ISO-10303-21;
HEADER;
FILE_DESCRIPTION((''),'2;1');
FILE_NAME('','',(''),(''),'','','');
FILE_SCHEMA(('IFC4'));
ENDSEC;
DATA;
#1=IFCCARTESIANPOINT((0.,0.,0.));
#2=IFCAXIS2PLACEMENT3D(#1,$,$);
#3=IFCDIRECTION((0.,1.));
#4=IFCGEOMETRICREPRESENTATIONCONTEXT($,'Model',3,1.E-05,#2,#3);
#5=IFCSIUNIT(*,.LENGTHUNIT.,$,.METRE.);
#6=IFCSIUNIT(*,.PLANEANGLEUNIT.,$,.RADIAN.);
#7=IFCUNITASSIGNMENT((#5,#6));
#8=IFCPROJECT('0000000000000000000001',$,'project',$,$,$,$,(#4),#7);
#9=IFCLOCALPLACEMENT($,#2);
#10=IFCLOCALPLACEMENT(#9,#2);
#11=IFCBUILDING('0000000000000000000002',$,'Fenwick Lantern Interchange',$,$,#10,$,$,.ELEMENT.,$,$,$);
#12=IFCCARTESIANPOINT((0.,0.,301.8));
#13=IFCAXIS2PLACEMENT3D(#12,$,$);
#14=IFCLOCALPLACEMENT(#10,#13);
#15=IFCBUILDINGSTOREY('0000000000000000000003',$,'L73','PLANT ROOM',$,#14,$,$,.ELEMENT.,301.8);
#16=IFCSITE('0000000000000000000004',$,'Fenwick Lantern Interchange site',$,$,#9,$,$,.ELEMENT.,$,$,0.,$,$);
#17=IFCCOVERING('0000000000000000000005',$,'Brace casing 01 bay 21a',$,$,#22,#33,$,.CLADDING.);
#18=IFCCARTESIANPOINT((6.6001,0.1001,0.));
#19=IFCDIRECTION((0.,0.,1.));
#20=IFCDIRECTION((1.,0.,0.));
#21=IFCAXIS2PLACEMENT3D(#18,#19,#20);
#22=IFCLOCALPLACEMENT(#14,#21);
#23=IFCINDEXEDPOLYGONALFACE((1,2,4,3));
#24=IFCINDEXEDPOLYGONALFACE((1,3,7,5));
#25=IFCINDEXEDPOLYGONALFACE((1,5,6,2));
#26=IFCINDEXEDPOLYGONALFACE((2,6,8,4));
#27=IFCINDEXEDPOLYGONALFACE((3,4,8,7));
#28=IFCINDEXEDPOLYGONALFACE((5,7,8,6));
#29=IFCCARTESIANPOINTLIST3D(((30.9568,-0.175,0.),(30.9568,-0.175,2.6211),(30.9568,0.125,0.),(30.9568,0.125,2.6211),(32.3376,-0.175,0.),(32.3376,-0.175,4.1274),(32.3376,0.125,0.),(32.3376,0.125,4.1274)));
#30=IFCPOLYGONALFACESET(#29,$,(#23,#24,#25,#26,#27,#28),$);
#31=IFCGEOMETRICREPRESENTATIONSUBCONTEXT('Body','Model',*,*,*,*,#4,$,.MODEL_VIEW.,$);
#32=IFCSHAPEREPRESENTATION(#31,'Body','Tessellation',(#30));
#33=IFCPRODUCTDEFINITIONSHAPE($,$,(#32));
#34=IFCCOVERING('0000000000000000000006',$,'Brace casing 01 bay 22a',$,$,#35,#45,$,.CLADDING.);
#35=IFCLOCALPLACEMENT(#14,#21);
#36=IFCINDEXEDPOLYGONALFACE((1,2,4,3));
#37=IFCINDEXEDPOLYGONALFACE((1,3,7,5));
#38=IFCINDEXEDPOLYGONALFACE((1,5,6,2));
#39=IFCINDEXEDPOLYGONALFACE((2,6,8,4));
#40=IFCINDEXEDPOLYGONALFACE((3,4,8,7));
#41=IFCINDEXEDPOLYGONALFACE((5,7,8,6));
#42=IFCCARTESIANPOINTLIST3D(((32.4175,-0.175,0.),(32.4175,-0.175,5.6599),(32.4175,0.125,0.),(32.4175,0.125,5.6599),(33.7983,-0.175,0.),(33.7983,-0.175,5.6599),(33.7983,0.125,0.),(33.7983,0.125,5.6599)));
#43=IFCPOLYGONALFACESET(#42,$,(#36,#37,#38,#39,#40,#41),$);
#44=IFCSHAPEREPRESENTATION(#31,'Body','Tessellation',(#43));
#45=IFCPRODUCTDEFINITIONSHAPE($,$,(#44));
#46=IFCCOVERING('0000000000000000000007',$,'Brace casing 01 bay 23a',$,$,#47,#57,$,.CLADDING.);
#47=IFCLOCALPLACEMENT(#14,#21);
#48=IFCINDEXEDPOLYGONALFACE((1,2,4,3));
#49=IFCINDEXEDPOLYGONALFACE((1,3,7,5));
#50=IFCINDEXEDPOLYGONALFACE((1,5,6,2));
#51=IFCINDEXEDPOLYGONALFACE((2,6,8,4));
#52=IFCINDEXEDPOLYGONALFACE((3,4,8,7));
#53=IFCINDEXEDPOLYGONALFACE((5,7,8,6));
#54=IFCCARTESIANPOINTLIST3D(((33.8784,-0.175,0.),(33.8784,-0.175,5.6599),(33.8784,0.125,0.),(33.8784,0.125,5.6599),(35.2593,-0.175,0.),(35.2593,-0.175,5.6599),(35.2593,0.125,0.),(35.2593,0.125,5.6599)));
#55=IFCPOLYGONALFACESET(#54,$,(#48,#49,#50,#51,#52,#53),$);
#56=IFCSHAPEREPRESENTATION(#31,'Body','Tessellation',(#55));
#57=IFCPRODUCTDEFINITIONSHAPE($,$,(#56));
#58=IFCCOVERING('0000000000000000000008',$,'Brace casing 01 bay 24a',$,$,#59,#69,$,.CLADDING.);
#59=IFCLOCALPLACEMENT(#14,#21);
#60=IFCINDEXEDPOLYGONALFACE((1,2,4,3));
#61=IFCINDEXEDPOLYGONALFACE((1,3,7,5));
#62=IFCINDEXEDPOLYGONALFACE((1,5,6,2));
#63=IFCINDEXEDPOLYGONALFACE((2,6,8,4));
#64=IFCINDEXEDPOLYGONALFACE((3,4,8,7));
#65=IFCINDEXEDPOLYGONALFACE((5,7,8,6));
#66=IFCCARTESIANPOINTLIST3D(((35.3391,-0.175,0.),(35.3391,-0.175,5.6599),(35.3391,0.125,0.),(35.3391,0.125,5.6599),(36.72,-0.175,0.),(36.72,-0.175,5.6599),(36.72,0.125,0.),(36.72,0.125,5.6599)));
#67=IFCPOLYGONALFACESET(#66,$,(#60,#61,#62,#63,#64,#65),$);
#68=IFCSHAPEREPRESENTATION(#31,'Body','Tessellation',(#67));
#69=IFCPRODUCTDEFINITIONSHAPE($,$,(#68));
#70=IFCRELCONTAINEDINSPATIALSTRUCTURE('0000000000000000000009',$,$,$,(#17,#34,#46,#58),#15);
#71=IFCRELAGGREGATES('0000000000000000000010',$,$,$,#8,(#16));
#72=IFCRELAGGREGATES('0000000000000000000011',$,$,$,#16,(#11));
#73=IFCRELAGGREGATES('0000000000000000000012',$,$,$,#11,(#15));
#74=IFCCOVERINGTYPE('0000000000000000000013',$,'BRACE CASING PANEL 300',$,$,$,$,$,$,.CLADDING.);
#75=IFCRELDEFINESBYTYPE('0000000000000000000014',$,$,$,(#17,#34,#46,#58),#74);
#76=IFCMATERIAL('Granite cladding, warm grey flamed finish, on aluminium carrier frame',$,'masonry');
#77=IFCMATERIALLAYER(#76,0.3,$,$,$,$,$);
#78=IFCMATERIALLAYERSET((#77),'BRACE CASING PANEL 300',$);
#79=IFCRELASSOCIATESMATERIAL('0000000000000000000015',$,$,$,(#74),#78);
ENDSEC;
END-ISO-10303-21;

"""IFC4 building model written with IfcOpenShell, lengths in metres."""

from ifc_helpers import new_model, si_unit, direction, frame, origin, place, context, subcontext, project, spatial, polyline, outline, extrude, material, layer, layer_set, type_object, element, save


model = new_model("IFC4")

# Units and contexts
model_context = context("Model", 3, precision=1e-05, world=origin(), true_north=direction((0.0, 1.0)))
body_context = subcontext(model_context, "Body", "Model", "MODEL_VIEW")
ifc_project = project(units=[si_unit("LENGTHUNIT", "METRE"), si_unit("PLANEANGLEUNIT", "RADIAN")], contexts=[model_context])

# Site, building, storey
site_placement = place(None, origin())
site = spatial("IfcSite", under=ifc_project, at=site_placement, Name="Fenwick Lantern Interchange site", CompositionType="ELEMENT", RefElevation=0.0)
building_placement = place(site_placement, origin())
building = spatial("IfcBuilding", under=site, at=building_placement, Name="Fenwick Lantern Interchange", CompositionType="ELEMENT")
storey_placement = place(building_placement, frame((0.0, 0.0, 301.8)))
storey = spatial("IfcBuildingStorey", under=building, at=storey_placement, Name="L73", Description="PLANT ROOM", CompositionType="ELEMENT", Elevation=301.8)

# Coverings
ifc_material_1 = material(Name="Granite cladding, warm grey flamed finish, on aluminium carrier frame", Category="masonry")
ifc_layer_1 = layer(ifc_material_1, 0.3)
ifc_layer_set_1 = layer_set([ifc_layer_1], Name="BRACE CASING PANEL 300")
covering_type = type_object("IfcCoveringType", Name="BRACE CASING PANEL 300", PredefinedType="CLADDING", material=ifc_layer_set_1)
covering_1_placement = place(storey_placement, frame((6.6001, 0.1001, 0.0), z_axis=(0.0, 0.0, 1.0), x_axis=(1.0, 0.0, 0.0)))
element("IfcCovering", 1, at=covering_1_placement, inside=storey, type_object=covering_type, Name="Brace casing 01 bay 21a", PredefinedType="CLADDING", context=body_context, shape_type="SweptSolid", body=[
    extrude(outline(polyline([(30.9568, 0.0), (32.3376, 0.0), (32.3376, 4.1274), (30.9568, 2.6211), (30.9568, 0.0)])), frame((0.0, 0.125, 0.0), z_axis=(0.0, -1.0, 0.0), x_axis=(1.0, 0.0, 0.0)), (0.0, 0.0, 1.0), 0.3),
])
covering_2_placement = place(storey_placement, frame((6.6001, 0.1001, 0.0), z_axis=(0.0, 0.0, 1.0), x_axis=(1.0, 0.0, 0.0)))
element("IfcCovering", 2, at=covering_2_placement, inside=storey, type_object=covering_type, Name="Brace casing 01 bay 22a", PredefinedType="CLADDING", context=body_context, shape_type="SweptSolid", body=[
    extrude(outline(polyline([(32.4175, 0.0), (33.7983, 0.0), (33.7983, 5.6599), (32.4175, 5.6599), (32.4175, 0.0)])), frame((0.0, 0.125, 0.0), z_axis=(0.0, -1.0, 0.0), x_axis=(1.0, 0.0, 0.0)), (0.0, 0.0, 1.0), 0.3),
])
covering_3_placement = place(storey_placement, frame((6.6001, 0.1001, 0.0), z_axis=(0.0, 0.0, 1.0), x_axis=(1.0, 0.0, 0.0)))
element("IfcCovering", 3, at=covering_3_placement, inside=storey, type_object=covering_type, Name="Brace casing 01 bay 23a", PredefinedType="CLADDING", context=body_context, shape_type="SweptSolid", body=[
    extrude(outline(polyline([(33.8784, 0.0), (35.2593, 0.0), (35.2593, 5.6599), (33.8784, 5.6599), (33.8784, 0.0)])), frame((0.0, 0.125, 0.0), z_axis=(0.0, -1.0, 0.0), x_axis=(1.0, 0.0, 0.0)), (0.0, 0.0, 1.0), 0.3),
])
covering_4_placement = place(storey_placement, frame((6.6001, 0.1001, 0.0), z_axis=(0.0, 0.0, 1.0), x_axis=(1.0, 0.0, 0.0)))
element("IfcCovering", 4, at=covering_4_placement, inside=storey, type_object=covering_type, Name="Brace casing 01 bay 24a", PredefinedType="CLADDING", context=body_context, shape_type="SweptSolid", body=[
    extrude(outline(polyline([(35.3391, 0.0), (36.72, 0.0), (36.72, 5.6599), (35.3391, 5.6599), (35.3391, 0.0)])), frame((0.0, 0.125, 0.0), z_axis=(0.0, -1.0, 0.0), x_axis=(1.0, 0.0, 0.0)), (0.0, 0.0, 1.0), 0.3),
])

save(model, "model.ifc")
